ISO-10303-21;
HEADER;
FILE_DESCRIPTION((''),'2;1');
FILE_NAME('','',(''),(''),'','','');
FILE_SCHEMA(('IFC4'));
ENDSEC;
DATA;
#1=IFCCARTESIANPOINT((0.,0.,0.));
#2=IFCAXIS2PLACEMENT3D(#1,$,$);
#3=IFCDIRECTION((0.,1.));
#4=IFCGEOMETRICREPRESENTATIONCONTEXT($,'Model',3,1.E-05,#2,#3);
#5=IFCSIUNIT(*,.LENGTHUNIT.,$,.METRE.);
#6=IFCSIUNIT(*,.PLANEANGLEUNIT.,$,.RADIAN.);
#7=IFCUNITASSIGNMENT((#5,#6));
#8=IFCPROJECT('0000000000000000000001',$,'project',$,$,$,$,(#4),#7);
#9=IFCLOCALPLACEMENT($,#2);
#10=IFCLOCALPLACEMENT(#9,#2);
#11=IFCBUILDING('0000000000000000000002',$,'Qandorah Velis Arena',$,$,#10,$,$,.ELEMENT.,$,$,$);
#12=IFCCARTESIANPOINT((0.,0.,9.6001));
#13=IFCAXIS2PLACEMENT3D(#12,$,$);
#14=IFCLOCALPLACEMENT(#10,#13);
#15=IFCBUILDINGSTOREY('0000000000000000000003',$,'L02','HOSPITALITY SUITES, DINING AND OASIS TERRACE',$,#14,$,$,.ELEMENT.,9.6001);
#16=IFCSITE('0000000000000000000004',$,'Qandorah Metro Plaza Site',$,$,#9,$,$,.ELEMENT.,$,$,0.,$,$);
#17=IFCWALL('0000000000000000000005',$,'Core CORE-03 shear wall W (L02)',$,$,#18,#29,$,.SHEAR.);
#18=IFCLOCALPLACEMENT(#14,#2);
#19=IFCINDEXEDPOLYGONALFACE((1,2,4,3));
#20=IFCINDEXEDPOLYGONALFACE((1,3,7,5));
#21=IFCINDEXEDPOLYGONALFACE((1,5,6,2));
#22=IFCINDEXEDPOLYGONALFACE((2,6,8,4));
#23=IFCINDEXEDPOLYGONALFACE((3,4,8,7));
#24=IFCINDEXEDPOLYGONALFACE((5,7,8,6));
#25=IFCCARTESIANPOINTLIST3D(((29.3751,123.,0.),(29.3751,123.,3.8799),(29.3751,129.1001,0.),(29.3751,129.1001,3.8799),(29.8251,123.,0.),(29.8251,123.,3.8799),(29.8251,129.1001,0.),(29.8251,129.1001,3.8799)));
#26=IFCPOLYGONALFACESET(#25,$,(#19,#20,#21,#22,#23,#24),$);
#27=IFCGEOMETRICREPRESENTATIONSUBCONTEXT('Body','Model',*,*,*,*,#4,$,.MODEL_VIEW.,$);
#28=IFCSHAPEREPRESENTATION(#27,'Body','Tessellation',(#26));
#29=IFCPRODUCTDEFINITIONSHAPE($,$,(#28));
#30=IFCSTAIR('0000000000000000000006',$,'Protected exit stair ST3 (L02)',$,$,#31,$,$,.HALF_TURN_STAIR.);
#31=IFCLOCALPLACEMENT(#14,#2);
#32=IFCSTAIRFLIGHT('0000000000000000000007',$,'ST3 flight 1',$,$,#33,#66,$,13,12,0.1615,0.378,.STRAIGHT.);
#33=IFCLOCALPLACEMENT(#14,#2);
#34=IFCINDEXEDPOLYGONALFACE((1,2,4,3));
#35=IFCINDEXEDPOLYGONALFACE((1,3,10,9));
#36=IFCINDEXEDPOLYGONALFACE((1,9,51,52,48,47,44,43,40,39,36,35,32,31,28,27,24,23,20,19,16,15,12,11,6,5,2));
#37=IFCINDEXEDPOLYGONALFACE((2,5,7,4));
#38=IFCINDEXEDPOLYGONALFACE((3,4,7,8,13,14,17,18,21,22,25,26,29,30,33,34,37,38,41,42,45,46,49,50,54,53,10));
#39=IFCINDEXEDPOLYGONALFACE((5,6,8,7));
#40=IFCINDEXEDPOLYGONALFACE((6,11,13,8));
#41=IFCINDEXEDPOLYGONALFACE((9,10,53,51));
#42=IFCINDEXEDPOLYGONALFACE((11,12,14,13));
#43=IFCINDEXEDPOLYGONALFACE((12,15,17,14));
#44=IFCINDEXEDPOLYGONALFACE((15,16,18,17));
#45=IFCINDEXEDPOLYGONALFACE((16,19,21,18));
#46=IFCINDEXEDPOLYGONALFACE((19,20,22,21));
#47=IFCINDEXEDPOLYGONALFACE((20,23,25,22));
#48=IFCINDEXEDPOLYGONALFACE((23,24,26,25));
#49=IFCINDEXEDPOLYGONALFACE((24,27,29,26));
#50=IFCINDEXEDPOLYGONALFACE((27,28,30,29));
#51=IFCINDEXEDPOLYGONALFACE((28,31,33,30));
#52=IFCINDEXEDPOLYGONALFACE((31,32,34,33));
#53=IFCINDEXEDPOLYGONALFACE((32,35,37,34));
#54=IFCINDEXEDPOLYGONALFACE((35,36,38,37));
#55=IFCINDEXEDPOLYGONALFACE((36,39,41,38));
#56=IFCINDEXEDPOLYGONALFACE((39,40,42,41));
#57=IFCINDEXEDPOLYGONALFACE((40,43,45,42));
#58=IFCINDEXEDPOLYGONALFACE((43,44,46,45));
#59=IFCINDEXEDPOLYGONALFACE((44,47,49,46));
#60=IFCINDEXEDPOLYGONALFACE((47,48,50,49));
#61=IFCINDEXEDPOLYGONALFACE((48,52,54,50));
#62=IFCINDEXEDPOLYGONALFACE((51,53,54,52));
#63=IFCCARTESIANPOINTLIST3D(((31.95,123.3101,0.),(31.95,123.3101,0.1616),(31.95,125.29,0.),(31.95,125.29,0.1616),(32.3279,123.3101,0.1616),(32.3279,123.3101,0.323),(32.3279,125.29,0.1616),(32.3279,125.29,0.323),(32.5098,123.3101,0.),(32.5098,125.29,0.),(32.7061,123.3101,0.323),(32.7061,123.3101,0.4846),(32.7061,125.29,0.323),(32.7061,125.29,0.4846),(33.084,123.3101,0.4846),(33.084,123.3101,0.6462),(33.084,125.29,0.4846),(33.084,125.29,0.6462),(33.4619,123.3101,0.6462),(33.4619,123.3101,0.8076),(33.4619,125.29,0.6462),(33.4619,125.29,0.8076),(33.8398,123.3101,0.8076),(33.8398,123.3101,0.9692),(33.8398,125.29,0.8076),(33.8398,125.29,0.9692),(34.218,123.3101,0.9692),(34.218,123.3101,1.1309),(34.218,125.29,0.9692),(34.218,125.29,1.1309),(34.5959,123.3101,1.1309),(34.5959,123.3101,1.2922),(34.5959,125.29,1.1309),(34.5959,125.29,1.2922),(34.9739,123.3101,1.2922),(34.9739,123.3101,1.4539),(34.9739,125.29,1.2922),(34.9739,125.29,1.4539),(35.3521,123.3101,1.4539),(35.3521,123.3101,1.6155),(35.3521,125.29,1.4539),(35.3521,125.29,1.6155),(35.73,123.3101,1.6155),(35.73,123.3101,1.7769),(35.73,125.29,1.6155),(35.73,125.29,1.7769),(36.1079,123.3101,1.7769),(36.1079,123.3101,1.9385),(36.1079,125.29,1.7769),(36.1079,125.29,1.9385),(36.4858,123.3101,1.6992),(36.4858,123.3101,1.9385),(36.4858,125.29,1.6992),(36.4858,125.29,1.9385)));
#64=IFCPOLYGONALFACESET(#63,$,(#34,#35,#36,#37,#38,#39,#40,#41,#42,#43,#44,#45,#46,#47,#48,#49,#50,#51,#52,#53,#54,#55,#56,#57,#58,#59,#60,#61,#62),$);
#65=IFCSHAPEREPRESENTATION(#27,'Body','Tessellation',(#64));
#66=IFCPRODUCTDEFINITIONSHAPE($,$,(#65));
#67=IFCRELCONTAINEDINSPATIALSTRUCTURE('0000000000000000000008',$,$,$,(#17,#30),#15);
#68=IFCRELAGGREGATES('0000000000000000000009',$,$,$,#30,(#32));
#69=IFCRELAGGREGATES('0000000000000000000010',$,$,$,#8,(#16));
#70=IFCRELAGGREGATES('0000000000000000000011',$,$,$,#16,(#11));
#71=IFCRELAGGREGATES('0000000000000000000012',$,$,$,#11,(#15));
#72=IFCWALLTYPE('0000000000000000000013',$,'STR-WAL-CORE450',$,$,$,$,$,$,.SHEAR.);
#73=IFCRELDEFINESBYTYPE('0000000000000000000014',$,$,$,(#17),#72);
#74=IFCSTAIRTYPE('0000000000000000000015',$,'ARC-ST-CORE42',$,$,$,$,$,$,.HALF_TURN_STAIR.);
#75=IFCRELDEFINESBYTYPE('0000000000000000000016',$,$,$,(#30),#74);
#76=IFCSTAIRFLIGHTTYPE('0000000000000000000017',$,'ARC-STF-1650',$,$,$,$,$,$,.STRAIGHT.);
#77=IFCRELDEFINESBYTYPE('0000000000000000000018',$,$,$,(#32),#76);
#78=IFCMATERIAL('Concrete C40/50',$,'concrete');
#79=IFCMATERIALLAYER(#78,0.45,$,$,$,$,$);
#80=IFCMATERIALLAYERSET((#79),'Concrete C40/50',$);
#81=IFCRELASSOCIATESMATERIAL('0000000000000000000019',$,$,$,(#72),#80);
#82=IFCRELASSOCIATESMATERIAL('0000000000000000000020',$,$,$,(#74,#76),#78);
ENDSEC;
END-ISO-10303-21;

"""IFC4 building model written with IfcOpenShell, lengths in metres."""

from ifc_helpers import new_model, si_unit, direction, frame, frame_2d, origin, place, context, subcontext, project, spatial, polyline, rectangle, outline, extrude, material, layer, layer_set, type_object, element, aggregate, save


model = new_model("IFC4")

# Units and contexts
model_context = context("Model", 3, precision=1e-05, world=origin(), true_north=direction((0.0, 1.0)))
body_context = subcontext(model_context, "Body", "Model", "MODEL_VIEW")
ifc_project = project(units=[si_unit("LENGTHUNIT", "METRE"), si_unit("PLANEANGLEUNIT", "RADIAN")], contexts=[model_context])

# Site, building, storey
site_placement = place(None, origin())
site = spatial("IfcSite", under=ifc_project, at=site_placement, Name="Qandorah Metro Plaza Site", CompositionType="ELEMENT", RefElevation=0.0)
building_placement = place(site_placement, origin())
building = spatial("IfcBuilding", under=site, at=building_placement, Name="Qandorah Velis Arena", CompositionType="ELEMENT")
storey_placement = place(building_placement, frame((0.0, 0.0, 9.6001)))
storey = spatial("IfcBuildingStorey", under=building, at=storey_placement, Name="L02", Description="HOSPITALITY SUITES, DINING AND OASIS TERRACE", CompositionType="ELEMENT", Elevation=9.6001)

# Shared definitions
ifc_material_1 = material(Name="Concrete C40/50", Category="concrete")

# Shared definitions
ifc_layer_1 = layer(ifc_material_1, 0.45)
ifc_layer_set_1 = layer_set([ifc_layer_1], Name="Concrete C40/50")
wall_type_1 = type_object("IfcWallType", Name="STR-WAL-CORE450", PredefinedType="SHEAR", material=ifc_layer_set_1)

# Wall
wall_1_placement = place(storey_placement, frame((29.6001, 123.0, 0.0), z_axis=(0.0, 0.0, 1.0), x_axis=(0.0, 1.0, 0.0)))
element("IfcWall", 1, at=wall_1_placement, inside=storey, type_object=wall_type_1, Name="Core CORE-03 shear wall W (L02)", PredefinedType="SHEAR", context=body_context, shape_type="SweptSolid", body=[
    extrude(rectangle(XDim=6.1001, YDim=0.45, at=frame_2d((3.05, 0.0))), origin(), (0.0, 0.0, 1.0), 3.8799),
])

# Stair, stair flight
stair_type = type_object("IfcStairType", Name="ARC-ST-CORE42", PredefinedType="HALF_TURN_STAIR", material=ifc_material_1)
stair_placement = place(storey_placement, origin())
stair = element("IfcStair", 2, at=stair_placement, inside=storey, type_object=stair_type, Name="Protected exit stair ST3 (L02)", PredefinedType="HALF_TURN_STAIR")
stair_flight_type = type_object("IfcStairFlightType", Name="ARC-STF-1650", PredefinedType="STRAIGHT", material=ifc_material_1)
stair_flight_placement = place(storey_placement, frame((31.95, 124.3, 0.0), z_axis=(0.0, 0.0, 1.0), x_axis=(1.0, 0.0, 0.0)))
stair_flight = element("IfcStairFlight", 3, at=stair_flight_placement, type_object=stair_flight_type, Name="ST3 flight 1", NumberOfRisers=13, NumberOfTreads=12, PredefinedType="STRAIGHT", RiserHeight=0.1615, TreadLength=0.378, context=body_context, shape_type="SweptSolid", body=[
    extrude(outline(polyline([(0.0, 0.0), (0.0, 0.1616), (0.3779, 0.1616), (0.3779, 0.323), (0.7561, 0.323), (0.7561, 0.4846), (1.134, 0.4846), (1.134, 0.6462), (1.512, 0.6462), (1.512, 0.8076), (1.8899, 0.8076), (1.8899, 0.9692), (2.2681, 0.9692), (2.2681, 1.1309), (2.646, 1.1309), (2.646, 1.2922), (3.0239, 1.2922), (3.0239, 1.4539), (3.4021, 1.4539), (3.4021, 1.6155), (3.78, 1.6155), (3.78, 1.7769), (4.158, 1.7769), (4.158, 1.9385), (4.5359, 1.9385), (4.5359, 2.1001), (4.5359, 1.6992), (0.5598, 0.0), (0.0, 0.0)])), frame((0.0, 0.99, 0.0), z_axis=(0.0, -1.0, 0.0), x_axis=(1.0, 0.0, 0.0)), (0.0, 0.0, 1.0), 1.98),
])
aggregate(stair, [stair_flight])

save(model, "model.ifc")
